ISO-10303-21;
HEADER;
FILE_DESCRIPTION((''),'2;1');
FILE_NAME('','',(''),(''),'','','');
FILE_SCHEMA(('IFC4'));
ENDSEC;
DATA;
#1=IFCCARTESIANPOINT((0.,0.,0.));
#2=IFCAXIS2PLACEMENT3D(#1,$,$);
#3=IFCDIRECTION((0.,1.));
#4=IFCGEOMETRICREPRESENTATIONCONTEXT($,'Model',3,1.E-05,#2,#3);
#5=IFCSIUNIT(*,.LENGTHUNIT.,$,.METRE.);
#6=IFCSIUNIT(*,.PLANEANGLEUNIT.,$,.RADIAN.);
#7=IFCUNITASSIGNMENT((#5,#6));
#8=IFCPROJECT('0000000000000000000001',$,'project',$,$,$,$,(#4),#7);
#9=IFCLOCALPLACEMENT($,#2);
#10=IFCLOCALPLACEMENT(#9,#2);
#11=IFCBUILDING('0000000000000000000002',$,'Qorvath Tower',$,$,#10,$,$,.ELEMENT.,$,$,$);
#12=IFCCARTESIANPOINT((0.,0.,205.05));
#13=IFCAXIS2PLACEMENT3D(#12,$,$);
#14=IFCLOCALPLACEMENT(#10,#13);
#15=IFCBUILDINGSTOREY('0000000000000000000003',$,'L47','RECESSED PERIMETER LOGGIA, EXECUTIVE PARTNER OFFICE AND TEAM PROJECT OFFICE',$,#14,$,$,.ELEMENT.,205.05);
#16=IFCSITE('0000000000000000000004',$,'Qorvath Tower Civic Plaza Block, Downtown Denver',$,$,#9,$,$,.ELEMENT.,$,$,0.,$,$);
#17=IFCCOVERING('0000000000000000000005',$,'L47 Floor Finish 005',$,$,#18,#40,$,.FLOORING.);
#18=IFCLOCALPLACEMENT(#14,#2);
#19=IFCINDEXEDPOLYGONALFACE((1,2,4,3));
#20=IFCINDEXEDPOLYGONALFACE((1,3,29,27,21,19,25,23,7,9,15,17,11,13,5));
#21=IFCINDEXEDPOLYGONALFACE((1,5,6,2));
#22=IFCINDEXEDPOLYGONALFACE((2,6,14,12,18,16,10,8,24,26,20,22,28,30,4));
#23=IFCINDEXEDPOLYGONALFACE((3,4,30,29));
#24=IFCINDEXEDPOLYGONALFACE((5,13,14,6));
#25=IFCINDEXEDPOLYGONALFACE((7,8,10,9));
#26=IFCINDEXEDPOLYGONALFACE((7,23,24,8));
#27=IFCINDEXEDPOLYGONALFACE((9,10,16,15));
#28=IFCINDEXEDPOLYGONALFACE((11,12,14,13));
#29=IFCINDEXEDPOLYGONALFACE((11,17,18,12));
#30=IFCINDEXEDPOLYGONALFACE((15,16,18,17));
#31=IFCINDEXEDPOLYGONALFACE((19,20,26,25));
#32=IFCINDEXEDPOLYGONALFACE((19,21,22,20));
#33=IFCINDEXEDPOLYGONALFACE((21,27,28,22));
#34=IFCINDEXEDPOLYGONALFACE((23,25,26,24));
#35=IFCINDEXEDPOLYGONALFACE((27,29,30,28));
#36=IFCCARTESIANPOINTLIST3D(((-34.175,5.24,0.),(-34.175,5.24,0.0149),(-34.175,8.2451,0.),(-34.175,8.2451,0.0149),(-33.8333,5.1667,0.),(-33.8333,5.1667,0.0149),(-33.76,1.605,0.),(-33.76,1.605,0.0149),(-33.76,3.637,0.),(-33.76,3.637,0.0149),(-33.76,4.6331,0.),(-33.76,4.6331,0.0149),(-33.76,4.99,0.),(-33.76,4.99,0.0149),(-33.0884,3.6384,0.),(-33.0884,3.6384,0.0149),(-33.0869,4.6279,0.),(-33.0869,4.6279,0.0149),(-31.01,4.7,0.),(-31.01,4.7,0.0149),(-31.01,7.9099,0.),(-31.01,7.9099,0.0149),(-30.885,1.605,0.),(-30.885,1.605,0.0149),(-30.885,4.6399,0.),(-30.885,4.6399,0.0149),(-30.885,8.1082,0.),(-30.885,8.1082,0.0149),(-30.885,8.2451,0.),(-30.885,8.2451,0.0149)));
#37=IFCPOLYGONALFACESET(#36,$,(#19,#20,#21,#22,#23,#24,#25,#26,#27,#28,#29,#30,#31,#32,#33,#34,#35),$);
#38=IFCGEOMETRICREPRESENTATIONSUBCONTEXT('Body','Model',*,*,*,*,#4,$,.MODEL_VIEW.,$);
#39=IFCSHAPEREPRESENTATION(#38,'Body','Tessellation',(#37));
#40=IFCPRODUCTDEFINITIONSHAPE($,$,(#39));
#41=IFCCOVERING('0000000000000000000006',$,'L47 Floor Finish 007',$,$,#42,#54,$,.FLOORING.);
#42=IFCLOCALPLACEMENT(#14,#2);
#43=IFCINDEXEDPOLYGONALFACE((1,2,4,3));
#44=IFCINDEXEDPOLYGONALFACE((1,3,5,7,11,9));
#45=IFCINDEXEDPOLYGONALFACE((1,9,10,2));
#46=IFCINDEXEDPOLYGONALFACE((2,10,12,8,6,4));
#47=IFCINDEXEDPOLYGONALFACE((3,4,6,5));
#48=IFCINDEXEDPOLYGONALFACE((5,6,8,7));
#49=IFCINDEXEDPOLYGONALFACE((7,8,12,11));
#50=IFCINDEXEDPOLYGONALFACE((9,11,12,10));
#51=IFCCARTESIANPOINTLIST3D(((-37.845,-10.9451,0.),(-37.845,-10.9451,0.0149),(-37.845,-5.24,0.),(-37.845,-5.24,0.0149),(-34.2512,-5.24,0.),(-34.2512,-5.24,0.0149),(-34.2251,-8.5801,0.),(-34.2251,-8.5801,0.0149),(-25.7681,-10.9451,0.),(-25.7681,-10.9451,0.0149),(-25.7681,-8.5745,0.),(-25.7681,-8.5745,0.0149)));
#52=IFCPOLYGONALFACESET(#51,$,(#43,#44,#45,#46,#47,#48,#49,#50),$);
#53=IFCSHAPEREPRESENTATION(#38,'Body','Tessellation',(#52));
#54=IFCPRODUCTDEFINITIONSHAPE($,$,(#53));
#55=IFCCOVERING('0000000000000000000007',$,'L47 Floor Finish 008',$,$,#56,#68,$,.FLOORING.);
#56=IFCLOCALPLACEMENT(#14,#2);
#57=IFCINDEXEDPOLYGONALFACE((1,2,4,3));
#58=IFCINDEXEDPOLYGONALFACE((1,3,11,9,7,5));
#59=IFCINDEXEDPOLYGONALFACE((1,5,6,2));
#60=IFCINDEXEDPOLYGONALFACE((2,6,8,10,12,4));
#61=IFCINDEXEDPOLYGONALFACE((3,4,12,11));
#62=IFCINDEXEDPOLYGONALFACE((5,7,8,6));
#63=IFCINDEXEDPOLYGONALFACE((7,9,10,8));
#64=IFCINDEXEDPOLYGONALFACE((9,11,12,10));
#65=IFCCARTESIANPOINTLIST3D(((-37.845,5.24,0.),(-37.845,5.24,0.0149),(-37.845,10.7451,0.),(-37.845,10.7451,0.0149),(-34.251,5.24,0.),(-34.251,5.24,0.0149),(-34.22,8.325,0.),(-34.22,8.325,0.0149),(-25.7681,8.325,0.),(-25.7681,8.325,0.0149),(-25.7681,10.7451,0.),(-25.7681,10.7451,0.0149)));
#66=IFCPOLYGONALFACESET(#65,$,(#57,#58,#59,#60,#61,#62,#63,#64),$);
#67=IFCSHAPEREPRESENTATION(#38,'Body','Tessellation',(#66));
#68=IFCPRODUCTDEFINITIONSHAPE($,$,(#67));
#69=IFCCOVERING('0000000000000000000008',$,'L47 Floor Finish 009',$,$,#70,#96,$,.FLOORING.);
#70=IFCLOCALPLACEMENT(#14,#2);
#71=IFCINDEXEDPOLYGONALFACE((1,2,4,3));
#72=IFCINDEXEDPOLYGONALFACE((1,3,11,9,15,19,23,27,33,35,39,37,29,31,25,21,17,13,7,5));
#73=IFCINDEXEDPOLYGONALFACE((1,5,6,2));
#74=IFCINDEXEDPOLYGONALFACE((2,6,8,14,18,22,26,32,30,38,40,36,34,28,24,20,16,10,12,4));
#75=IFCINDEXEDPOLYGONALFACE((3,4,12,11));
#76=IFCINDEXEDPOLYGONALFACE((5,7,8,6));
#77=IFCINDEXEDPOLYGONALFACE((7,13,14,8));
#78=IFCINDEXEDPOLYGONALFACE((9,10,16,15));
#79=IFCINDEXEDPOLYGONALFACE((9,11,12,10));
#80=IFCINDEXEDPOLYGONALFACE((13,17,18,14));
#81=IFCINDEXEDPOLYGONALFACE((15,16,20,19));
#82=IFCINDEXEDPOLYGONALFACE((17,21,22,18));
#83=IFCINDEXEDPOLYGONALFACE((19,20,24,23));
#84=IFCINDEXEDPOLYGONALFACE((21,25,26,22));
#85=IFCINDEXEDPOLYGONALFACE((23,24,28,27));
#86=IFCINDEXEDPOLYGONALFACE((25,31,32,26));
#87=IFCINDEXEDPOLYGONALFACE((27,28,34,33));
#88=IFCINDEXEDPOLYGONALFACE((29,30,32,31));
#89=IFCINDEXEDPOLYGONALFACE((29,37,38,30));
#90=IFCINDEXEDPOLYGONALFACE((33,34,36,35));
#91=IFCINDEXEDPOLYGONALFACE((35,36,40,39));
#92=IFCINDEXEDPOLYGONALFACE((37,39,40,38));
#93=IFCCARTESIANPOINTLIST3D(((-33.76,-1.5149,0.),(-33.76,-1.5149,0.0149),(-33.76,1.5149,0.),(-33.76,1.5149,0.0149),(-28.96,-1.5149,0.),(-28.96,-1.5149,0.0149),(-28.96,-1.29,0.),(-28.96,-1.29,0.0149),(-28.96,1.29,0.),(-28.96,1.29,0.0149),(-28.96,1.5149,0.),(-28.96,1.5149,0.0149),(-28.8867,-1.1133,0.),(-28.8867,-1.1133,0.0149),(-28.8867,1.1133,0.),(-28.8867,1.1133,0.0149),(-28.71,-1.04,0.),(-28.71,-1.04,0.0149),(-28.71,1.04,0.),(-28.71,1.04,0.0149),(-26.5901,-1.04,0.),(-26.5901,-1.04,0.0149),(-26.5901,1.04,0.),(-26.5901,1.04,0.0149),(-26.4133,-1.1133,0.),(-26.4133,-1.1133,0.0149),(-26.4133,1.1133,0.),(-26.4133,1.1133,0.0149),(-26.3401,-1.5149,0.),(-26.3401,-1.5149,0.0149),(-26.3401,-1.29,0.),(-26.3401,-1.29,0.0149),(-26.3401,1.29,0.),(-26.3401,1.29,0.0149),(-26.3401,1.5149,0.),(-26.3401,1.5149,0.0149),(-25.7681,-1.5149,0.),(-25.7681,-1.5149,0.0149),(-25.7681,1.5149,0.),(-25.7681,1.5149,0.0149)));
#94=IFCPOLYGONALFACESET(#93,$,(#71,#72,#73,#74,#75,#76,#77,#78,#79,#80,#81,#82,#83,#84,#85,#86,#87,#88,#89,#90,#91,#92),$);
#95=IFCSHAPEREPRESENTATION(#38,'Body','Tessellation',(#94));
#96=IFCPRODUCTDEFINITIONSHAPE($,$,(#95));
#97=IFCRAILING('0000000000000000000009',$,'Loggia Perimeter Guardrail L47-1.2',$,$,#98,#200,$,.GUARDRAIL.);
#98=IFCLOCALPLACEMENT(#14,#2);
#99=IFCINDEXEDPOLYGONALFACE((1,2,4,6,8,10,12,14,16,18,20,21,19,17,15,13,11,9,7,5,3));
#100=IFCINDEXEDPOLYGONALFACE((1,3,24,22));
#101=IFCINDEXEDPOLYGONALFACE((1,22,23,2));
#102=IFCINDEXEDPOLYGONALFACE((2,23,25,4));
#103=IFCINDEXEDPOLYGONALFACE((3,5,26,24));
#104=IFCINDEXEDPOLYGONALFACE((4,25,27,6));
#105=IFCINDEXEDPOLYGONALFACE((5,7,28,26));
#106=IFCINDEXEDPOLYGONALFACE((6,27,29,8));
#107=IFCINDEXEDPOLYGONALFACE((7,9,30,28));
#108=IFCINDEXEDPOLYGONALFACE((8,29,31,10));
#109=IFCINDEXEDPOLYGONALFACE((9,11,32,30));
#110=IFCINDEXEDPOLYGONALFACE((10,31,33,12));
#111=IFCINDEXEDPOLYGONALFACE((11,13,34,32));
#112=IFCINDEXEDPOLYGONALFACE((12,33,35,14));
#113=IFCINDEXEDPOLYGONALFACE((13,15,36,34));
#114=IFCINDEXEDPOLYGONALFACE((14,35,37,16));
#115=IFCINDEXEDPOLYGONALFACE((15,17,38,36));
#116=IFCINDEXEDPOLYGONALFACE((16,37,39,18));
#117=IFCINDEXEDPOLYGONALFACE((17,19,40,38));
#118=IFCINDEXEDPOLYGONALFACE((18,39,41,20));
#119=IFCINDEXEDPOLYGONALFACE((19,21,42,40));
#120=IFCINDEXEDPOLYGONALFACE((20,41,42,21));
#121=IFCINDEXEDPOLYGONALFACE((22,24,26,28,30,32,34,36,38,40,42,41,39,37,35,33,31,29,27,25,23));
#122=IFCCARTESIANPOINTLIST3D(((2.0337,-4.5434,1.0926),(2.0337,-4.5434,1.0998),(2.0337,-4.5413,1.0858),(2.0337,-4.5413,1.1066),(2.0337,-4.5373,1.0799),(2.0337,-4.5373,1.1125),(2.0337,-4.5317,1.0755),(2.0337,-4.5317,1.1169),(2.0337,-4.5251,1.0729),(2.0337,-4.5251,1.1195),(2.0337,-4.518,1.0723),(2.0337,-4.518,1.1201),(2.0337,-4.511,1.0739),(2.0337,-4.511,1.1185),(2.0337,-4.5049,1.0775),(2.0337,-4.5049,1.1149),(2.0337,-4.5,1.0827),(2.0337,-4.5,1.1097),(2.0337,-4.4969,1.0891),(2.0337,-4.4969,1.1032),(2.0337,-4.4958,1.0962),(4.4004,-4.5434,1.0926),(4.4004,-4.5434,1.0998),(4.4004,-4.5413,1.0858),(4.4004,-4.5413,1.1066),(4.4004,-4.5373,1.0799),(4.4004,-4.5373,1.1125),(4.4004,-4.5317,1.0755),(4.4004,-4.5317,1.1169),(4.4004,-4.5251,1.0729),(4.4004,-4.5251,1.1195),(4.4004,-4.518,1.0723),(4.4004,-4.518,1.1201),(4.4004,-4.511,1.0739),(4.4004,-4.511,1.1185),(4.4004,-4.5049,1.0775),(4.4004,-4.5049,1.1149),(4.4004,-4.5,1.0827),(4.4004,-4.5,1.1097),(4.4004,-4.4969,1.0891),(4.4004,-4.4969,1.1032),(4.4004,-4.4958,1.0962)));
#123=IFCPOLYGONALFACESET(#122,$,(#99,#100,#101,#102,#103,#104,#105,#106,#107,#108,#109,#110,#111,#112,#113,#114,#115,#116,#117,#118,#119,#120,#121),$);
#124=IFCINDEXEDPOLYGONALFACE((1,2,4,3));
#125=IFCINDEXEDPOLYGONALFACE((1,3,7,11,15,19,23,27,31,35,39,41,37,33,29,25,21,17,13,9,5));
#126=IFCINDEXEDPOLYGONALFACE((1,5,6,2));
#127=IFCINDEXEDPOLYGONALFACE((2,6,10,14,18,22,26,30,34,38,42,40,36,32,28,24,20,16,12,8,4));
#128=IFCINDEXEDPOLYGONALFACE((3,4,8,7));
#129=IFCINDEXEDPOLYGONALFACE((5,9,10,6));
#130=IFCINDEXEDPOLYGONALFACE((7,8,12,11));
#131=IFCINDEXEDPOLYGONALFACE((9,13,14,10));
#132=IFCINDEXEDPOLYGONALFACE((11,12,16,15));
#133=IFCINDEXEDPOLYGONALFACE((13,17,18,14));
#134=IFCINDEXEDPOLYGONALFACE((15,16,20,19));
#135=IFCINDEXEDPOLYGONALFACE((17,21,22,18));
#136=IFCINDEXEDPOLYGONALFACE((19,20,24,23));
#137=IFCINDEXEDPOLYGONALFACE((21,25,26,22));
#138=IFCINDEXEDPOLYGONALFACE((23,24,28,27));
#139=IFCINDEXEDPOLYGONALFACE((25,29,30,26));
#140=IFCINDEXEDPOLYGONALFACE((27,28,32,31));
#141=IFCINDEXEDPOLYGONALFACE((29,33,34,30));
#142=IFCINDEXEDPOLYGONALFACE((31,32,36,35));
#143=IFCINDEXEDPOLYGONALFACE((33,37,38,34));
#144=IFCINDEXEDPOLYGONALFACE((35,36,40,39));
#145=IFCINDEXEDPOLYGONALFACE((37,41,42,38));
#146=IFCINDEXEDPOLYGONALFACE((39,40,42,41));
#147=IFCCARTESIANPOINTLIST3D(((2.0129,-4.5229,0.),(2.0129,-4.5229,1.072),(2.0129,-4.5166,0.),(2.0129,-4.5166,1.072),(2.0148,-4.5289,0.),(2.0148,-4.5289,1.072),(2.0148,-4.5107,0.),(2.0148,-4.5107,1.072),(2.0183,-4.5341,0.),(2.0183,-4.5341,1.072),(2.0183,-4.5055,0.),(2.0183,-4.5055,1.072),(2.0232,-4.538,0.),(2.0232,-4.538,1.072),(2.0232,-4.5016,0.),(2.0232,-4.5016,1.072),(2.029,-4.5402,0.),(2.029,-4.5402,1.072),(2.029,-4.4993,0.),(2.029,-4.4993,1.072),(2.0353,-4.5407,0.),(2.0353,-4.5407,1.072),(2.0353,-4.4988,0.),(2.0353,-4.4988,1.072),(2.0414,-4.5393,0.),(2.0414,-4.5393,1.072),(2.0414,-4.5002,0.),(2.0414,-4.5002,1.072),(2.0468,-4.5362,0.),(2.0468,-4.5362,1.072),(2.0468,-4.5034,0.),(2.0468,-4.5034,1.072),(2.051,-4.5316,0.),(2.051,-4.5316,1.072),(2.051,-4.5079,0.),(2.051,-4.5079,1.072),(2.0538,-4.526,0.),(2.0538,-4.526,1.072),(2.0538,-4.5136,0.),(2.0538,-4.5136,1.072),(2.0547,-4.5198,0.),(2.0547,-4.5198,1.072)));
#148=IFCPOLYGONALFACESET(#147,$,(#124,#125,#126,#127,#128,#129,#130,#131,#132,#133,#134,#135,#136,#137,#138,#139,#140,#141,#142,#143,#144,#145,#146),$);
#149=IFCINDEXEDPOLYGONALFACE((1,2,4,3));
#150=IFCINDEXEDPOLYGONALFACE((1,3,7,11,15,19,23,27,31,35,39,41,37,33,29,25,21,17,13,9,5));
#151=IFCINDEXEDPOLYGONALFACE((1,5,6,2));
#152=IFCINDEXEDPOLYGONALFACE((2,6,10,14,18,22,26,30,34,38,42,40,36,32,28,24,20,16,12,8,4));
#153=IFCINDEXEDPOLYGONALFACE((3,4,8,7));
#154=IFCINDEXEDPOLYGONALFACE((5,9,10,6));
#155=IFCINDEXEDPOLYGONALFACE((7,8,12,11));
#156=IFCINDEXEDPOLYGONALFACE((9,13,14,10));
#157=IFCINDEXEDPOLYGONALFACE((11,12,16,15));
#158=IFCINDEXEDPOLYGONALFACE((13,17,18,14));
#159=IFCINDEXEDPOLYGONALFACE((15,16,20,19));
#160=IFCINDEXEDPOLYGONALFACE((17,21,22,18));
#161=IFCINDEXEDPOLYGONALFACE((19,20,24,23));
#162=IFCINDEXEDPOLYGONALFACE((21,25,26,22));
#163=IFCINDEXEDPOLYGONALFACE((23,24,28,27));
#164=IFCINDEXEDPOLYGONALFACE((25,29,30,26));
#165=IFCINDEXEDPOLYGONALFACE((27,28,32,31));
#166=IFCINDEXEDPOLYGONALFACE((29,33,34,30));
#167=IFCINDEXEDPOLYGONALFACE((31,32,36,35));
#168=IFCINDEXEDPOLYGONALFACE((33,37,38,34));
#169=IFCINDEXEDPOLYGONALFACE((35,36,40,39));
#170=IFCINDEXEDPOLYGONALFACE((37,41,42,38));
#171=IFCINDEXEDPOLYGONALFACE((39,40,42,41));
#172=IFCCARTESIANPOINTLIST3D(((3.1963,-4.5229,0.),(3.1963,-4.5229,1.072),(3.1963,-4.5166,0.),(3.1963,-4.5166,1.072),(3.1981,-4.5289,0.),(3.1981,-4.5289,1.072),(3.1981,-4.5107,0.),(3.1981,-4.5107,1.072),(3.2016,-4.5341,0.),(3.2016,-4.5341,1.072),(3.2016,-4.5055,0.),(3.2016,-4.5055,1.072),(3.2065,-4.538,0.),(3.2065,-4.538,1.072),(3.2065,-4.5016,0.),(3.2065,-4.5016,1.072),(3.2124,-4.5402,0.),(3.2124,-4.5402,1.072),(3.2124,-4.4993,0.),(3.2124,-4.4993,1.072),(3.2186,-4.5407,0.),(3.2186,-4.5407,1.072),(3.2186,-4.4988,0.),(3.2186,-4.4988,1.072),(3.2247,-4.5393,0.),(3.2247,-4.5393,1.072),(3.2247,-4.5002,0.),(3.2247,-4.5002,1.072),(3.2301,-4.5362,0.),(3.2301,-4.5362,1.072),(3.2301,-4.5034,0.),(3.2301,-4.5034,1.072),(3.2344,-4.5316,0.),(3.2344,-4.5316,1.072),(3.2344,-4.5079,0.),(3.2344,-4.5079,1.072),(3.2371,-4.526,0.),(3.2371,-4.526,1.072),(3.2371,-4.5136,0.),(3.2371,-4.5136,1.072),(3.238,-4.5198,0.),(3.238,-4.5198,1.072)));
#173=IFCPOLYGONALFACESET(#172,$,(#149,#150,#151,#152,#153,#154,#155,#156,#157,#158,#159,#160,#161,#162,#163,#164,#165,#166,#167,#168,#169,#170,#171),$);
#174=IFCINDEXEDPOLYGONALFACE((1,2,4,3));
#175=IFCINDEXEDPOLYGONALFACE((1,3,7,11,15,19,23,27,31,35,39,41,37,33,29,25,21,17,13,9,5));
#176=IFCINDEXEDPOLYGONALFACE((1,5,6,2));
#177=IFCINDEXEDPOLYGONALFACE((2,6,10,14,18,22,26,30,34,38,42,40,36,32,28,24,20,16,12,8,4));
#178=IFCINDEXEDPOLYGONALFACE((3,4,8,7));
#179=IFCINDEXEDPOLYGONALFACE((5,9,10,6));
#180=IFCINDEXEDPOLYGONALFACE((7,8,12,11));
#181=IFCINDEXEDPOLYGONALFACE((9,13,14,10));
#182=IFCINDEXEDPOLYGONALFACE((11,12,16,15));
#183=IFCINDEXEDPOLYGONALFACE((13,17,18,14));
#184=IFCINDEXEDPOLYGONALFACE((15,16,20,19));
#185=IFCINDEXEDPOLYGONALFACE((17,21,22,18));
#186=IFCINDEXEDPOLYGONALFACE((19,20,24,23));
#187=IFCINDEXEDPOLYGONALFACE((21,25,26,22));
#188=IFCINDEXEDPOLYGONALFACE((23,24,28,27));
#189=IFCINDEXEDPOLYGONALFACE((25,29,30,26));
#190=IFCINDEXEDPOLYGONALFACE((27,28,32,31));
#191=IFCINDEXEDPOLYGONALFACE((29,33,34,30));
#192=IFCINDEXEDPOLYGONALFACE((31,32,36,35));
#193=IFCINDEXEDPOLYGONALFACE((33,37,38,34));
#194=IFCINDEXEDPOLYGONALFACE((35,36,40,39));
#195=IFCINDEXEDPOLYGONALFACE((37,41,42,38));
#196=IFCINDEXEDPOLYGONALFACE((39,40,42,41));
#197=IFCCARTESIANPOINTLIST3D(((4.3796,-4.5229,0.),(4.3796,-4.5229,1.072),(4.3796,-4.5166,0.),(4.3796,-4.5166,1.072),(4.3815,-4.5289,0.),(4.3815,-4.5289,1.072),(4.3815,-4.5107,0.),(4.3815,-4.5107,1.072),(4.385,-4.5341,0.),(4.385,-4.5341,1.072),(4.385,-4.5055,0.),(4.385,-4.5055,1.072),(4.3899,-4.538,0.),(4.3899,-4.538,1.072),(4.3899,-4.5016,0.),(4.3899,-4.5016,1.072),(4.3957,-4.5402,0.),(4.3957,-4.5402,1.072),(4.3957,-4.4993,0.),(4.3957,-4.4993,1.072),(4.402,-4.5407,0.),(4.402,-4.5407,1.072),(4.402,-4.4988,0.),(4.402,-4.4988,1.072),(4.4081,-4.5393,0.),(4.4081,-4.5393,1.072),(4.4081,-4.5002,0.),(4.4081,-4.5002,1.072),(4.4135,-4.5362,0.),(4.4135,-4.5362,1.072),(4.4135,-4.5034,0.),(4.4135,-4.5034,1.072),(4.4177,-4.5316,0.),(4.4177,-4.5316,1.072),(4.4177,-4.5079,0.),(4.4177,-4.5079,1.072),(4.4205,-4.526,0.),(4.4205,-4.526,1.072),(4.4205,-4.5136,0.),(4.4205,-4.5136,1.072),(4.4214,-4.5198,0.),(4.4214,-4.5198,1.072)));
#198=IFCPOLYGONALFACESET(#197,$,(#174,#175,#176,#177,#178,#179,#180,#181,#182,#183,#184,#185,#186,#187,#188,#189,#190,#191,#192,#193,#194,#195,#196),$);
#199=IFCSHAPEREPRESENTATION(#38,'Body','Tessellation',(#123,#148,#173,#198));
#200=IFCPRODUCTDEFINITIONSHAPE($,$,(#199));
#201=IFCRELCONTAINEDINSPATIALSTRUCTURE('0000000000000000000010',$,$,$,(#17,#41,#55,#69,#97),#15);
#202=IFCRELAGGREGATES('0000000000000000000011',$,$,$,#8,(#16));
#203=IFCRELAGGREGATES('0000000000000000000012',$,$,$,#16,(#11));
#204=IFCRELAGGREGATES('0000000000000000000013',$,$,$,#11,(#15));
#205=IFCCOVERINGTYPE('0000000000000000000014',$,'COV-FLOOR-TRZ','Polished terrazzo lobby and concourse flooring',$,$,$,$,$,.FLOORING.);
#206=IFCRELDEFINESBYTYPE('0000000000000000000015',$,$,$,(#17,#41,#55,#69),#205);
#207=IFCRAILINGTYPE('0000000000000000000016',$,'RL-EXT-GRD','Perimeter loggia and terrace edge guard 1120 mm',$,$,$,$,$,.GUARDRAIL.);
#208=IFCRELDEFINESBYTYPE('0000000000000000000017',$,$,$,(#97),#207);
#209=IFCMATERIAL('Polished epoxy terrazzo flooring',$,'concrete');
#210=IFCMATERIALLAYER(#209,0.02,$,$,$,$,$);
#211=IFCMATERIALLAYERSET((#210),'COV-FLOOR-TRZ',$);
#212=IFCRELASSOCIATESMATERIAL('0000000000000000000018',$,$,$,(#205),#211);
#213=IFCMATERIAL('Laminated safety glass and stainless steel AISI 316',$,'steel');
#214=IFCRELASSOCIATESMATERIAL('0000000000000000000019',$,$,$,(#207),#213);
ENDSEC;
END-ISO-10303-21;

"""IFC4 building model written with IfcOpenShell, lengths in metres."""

from ifc_helpers import new_model, si_unit, direction, frame, origin, origin_2d, place, context, subcontext, project, spatial, polyline, circle, outline, extrude, material, layer, layer_set, type_object, element, save


model = new_model("IFC4")

# Units and contexts
model_context = context("Model", 3, precision=1e-05, world=origin(), true_north=direction((0.0, 1.0)))
body_context = subcontext(model_context, "Body", "Model", "MODEL_VIEW")
ifc_project = project(units=[si_unit("LENGTHUNIT", "METRE"), si_unit("PLANEANGLEUNIT", "RADIAN")], contexts=[model_context])

# Site, building, storey
site_placement = place(None, origin())
site = spatial("IfcSite", under=ifc_project, at=site_placement, Name="Qorvath Tower Civic Plaza Block, Downtown Denver", CompositionType="ELEMENT", RefElevation=0.0)
building_placement = place(site_placement, origin())
building = spatial("IfcBuilding", under=site, at=building_placement, Name="Qorvath Tower", CompositionType="ELEMENT")
storey_placement = place(building_placement, frame((0.0, 0.0, 205.05)))
storey = spatial("IfcBuildingStorey", under=building, at=storey_placement, Name="L47", Description="RECESSED PERIMETER LOGGIA, EXECUTIVE PARTNER OFFICE AND TEAM PROJECT OFFICE", CompositionType="ELEMENT", Elevation=205.05)

# Coverings
ifc_material_1 = material(Name="Polished epoxy terrazzo flooring", Category="concrete")
ifc_layer_1 = layer(ifc_material_1, 0.02)
ifc_layer_set_1 = layer_set([ifc_layer_1], Name="COV-FLOOR-TRZ")
covering_type_1 = type_object("IfcCoveringType", Name="COV-FLOOR-TRZ", Description="Polished terrazzo lobby and concourse flooring", PredefinedType="FLOORING", material=ifc_layer_set_1)
covering_1_placement = place(storey_placement, origin())
element("IfcCovering", 1, at=covering_1_placement, inside=storey, type_object=covering_type_1, Name="L47 Floor Finish 005", PredefinedType="FLOORING", context=body_context, shape_type="SweptSolid", body=[
    extrude(outline(polyline([(-30.885, 8.2451), (-34.175, 8.2451), (-34.175, 5.24), (-33.8333, 5.1667), (-33.76, 4.99), (-33.76, 4.6331), (-33.0869, 4.6279), (-33.0884, 3.6384), (-33.76, 3.637), (-33.76, 1.605), (-30.885, 1.605), (-30.885, 4.6399), (-31.01, 4.7), (-31.01, 7.9099), (-30.885, 8.1082), (-30.885, 8.2451)])), origin(), (0.0, 0.0, 1.0), 0.0149),
])
covering_2_placement = place(storey_placement, origin())
element("IfcCovering", 2, at=covering_2_placement, inside=storey, type_object=covering_type_1, Name="L47 Floor Finish 007", PredefinedType="FLOORING", context=body_context, shape_type="SweptSolid", body=[
    extrude(outline(polyline([(-34.2251, -8.5801), (-34.2512, -5.24), (-37.845, -5.24), (-37.845, -10.9451), (-25.7681, -10.9451), (-25.7681, -8.5745), (-34.2251, -8.5801)])), origin(), (0.0, 0.0, 1.0), 0.0149),
])
covering_3_placement = place(storey_placement, origin())
element("IfcCovering", 3, at=covering_3_placement, inside=storey, type_object=covering_type_1, Name="L47 Floor Finish 008", PredefinedType="FLOORING", context=body_context, shape_type="SweptSolid", body=[
    extrude(outline(polyline([(-25.7681, 8.325), (-25.7681, 10.7451), (-37.845, 10.7451), (-37.845, 5.24), (-34.251, 5.24), (-34.22, 8.325), (-25.7681, 8.325)])), origin(), (0.0, 0.0, 1.0), 0.0149),
])
covering_4_placement = place(storey_placement, origin())
element("IfcCovering", 4, at=covering_4_placement, inside=storey, type_object=covering_type_1, Name="L47 Floor Finish 009", PredefinedType="FLOORING", context=body_context, shape_type="SweptSolid", body=[
    extrude(outline(polyline([(-25.7681, -1.5149), (-25.7681, 1.5149), (-26.3401, 1.5149), (-26.3401, 1.29), (-26.4133, 1.1133), (-26.5901, 1.04), (-28.71, 1.04), (-28.8867, 1.1133), (-28.96, 1.29), (-28.96, 1.5149), (-33.76, 1.5149), (-33.76, -1.5149), (-28.96, -1.5149), (-28.96, -1.29), (-28.8867, -1.1133), (-28.71, -1.04), (-26.5901, -1.04), (-26.4133, -1.1133), (-26.3401, -1.29), (-26.3401, -1.5149), (-25.7681, -1.5149)])), origin(), (0.0, 0.0, 1.0), 0.0149),
])

# Railing
ifc_material_2 = material(Name="Laminated safety glass and stainless steel AISI 316", Category="steel")
railing_type = type_object("IfcRailingType", Name="RL-EXT-GRD", Description="Perimeter loggia and terrace edge guard 1120 mm", PredefinedType="GUARDRAIL", material=ifc_material_2)
railing_1_placement = place(storey_placement, frame((2.0337, -4.5198, 0.0)))
element("IfcRailing", 5, at=railing_1_placement, inside=storey, type_object=railing_type, Name="Loggia Perimeter Guardrail L47-1.2", PredefinedType="GUARDRAIL", context=body_context, shape_type="SweptSolid", body=[
    extrude(circle(Radius=0.0239, at=origin_2d()), frame((0.0, 0.0, 1.0962), z_axis=(1.0, 0.0, 0.0), x_axis=(0.0, 1.0, 0.0)), (0.0, 0.0, 1.0), 2.3667),
    extrude(circle(Radius=0.021, at=origin_2d()), origin(), (0.0, 0.0, 1.0), 1.072),
    extrude(circle(Radius=0.021, at=origin_2d()), frame((1.1833, 0.0, 0.0)), (0.0, 0.0, 1.0), 1.072),
    extrude(circle(Radius=0.021, at=origin_2d()), frame((2.3667, 0.0, 0.0)), (0.0, 0.0, 1.0), 1.072),
])

save(model, "model.ifc")
